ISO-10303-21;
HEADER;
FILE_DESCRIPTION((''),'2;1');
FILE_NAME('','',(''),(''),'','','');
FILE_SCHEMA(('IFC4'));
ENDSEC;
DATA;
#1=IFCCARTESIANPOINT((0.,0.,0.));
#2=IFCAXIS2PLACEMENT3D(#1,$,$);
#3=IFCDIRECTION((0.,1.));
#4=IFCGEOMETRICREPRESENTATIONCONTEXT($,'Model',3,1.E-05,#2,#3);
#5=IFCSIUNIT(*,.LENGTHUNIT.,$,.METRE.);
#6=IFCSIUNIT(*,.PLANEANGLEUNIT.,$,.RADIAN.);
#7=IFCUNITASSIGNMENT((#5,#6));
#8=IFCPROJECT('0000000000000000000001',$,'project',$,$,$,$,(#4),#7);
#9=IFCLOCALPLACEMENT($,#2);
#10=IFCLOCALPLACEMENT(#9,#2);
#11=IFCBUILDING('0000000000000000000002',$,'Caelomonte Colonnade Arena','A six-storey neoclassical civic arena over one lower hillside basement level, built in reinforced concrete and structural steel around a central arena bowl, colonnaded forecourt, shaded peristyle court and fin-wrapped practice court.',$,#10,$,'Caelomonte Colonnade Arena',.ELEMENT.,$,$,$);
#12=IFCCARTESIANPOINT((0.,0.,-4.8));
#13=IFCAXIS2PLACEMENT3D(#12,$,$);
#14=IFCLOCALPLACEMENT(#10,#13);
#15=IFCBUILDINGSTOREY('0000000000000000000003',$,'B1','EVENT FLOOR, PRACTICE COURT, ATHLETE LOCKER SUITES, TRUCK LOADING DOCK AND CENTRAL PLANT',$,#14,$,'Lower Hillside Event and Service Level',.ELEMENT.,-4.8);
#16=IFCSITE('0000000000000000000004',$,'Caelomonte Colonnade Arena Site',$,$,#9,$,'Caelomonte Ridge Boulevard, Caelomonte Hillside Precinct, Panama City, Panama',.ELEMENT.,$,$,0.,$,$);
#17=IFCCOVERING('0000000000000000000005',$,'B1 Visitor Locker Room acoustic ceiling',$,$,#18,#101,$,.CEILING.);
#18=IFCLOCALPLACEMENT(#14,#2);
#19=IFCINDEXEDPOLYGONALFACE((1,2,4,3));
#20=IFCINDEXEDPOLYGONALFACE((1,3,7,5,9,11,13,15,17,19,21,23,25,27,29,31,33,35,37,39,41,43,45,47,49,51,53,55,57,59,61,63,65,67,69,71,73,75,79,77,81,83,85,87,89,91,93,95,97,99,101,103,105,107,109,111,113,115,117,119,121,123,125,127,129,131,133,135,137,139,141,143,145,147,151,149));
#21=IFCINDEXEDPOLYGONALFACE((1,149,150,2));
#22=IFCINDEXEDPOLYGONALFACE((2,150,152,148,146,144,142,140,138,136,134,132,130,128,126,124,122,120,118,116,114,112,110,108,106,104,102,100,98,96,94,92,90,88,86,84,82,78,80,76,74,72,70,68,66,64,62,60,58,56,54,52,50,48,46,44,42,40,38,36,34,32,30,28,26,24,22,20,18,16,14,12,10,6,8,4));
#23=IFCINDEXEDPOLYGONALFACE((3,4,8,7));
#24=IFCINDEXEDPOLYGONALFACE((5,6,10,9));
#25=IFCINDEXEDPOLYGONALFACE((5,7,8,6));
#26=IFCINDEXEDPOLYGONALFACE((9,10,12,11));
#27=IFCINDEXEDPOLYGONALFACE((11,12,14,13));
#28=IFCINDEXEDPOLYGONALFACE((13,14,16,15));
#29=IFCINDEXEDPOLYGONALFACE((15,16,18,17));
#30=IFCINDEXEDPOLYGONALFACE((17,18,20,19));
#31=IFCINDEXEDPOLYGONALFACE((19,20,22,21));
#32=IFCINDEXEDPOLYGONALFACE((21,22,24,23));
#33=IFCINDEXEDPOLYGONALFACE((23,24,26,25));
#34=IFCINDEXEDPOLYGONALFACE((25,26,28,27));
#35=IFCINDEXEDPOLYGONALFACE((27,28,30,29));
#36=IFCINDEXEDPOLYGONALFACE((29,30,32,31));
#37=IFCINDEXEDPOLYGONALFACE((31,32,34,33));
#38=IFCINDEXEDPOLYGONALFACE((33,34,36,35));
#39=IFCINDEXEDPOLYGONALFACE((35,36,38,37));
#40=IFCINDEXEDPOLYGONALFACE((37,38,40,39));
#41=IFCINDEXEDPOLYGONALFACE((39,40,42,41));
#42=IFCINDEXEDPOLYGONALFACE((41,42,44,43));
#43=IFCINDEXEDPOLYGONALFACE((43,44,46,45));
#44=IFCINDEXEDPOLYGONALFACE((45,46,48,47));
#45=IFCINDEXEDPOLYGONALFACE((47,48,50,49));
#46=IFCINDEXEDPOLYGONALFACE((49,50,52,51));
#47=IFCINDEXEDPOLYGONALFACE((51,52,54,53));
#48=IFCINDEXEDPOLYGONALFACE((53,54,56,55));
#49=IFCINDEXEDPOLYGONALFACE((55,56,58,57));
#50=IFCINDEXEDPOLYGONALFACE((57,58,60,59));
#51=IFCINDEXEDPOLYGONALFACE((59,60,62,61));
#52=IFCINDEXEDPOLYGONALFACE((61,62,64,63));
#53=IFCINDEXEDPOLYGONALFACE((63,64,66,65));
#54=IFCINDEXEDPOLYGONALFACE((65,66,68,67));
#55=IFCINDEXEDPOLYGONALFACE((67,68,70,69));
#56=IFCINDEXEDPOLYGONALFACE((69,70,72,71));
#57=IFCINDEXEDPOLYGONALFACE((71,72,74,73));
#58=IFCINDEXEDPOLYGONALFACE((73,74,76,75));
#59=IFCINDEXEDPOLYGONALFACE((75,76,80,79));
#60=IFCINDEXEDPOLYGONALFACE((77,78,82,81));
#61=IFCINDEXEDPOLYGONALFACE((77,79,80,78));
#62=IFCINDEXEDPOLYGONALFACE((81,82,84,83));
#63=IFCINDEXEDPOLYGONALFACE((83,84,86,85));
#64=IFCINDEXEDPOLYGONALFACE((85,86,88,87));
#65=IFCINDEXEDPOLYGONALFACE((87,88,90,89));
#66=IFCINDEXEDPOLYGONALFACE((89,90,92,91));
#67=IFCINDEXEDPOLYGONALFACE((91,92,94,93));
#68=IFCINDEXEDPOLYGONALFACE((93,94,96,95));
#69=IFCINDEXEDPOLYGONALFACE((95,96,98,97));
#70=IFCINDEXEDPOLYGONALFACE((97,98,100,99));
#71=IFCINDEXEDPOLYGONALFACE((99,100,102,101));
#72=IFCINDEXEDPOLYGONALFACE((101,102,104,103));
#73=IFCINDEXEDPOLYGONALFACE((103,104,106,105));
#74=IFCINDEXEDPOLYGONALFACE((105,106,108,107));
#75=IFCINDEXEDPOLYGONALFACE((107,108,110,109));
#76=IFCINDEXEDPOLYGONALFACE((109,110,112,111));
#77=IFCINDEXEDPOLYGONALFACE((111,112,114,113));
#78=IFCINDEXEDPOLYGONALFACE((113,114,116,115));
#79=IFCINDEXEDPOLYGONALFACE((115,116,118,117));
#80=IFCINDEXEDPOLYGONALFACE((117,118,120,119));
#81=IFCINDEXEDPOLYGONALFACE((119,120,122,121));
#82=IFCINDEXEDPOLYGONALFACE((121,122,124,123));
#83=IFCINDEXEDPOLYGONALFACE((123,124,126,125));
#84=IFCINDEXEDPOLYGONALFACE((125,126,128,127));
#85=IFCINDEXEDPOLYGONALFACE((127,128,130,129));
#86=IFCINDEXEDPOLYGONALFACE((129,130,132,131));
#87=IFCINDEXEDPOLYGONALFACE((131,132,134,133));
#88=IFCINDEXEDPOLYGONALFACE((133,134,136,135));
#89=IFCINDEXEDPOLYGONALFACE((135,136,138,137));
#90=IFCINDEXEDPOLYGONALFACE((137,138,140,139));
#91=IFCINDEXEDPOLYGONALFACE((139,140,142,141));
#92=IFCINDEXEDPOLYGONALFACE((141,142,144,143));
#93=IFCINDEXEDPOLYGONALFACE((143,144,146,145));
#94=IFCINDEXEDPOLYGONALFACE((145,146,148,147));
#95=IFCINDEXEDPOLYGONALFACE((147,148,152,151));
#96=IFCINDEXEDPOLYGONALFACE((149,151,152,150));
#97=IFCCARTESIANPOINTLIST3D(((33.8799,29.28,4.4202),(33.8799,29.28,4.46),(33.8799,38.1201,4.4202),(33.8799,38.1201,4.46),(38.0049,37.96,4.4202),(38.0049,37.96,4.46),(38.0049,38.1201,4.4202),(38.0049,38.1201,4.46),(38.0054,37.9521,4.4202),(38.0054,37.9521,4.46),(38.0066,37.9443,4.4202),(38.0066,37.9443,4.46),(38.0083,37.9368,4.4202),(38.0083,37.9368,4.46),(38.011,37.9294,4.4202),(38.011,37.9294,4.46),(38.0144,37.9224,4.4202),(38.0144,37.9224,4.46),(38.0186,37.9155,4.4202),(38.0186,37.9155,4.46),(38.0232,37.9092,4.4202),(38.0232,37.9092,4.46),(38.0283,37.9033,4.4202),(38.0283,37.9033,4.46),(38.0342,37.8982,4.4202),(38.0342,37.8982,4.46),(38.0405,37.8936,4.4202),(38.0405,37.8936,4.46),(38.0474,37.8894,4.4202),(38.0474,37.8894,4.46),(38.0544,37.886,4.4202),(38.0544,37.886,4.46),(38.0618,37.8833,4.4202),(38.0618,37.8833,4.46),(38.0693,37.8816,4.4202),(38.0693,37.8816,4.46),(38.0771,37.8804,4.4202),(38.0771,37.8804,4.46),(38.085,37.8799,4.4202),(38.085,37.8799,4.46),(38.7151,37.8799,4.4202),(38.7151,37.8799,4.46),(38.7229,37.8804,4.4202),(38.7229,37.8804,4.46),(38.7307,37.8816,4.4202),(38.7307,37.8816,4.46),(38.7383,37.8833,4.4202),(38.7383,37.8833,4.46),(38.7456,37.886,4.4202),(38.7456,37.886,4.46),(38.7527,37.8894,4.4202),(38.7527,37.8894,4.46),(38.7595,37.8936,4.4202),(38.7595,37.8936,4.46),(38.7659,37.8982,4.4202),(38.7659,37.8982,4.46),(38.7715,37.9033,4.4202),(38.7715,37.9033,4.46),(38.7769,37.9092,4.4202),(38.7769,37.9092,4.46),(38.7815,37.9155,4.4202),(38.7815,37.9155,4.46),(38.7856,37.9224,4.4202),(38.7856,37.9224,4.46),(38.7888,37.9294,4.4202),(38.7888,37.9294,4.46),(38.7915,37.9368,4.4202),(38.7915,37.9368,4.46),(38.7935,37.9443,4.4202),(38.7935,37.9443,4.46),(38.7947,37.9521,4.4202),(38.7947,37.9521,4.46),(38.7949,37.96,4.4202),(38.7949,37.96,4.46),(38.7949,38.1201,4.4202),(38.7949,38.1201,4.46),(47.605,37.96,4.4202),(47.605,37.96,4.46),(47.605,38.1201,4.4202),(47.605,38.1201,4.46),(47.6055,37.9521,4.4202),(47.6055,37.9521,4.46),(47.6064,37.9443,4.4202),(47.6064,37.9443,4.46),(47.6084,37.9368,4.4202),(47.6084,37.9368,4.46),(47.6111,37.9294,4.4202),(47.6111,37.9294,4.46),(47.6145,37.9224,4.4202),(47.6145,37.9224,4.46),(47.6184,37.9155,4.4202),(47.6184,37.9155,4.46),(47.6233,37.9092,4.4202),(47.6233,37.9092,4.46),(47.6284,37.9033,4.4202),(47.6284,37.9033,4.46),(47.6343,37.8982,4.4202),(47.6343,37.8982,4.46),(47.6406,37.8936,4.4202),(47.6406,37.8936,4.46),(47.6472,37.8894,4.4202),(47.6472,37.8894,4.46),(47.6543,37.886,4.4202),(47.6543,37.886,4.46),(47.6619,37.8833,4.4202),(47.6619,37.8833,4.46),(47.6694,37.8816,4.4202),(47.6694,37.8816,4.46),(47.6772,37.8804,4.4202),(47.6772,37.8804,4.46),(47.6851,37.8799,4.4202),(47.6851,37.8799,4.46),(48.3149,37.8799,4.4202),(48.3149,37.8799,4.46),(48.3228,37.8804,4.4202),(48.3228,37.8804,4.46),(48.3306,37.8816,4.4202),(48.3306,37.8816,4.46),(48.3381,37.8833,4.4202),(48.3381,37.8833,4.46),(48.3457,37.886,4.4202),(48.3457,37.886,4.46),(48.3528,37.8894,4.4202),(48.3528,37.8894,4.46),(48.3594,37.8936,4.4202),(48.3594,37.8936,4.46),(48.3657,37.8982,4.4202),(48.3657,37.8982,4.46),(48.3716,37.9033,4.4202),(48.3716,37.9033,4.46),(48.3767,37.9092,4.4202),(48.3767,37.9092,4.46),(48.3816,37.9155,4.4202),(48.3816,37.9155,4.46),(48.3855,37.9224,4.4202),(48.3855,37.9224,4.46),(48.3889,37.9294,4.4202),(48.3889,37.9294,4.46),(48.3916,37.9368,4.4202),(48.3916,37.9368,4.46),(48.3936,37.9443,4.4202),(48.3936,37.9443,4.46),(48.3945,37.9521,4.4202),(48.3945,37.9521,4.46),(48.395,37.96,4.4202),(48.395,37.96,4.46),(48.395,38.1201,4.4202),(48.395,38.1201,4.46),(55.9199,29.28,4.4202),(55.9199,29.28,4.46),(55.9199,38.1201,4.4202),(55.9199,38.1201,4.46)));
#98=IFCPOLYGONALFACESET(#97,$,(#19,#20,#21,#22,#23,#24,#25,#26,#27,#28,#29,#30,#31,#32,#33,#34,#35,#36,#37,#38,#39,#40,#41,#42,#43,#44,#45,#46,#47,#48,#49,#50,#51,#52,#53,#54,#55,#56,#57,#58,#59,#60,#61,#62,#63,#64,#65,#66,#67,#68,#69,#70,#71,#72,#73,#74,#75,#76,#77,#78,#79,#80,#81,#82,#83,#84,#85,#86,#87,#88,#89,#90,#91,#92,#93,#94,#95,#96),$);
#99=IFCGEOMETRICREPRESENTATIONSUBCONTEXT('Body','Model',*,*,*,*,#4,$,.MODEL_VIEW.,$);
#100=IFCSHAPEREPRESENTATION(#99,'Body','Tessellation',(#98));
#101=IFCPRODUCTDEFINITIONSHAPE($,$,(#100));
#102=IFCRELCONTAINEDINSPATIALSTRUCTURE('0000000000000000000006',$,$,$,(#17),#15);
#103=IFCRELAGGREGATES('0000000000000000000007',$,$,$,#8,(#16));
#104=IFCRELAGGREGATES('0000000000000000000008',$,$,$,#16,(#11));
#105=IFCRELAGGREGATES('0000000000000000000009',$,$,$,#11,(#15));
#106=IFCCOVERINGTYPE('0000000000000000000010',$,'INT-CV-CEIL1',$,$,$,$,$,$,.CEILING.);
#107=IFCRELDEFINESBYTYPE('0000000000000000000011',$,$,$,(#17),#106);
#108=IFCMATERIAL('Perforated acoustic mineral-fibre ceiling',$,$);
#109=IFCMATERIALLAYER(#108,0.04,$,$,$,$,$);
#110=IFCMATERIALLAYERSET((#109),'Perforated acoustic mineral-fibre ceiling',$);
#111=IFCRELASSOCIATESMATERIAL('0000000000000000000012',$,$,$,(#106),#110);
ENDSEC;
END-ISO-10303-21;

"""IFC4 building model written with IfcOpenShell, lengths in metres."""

from ifc_helpers import new_model, si_unit, direction, frame, origin, place, context, subcontext, project, spatial, polyline, outline, extrude, material, layer, layer_set, type_object, element, save


model = new_model("IFC4")

# Units and contexts
model_context = context("Model", 3, precision=1e-05, world=origin(), true_north=direction((0.0, 1.0)))
body_context = subcontext(model_context, "Body", "Model", "MODEL_VIEW")
ifc_project = project(units=[si_unit("LENGTHUNIT", "METRE"), si_unit("PLANEANGLEUNIT", "RADIAN")], contexts=[model_context])

# Site, building, storey
site_placement = place(None, origin())
site = spatial("IfcSite", under=ifc_project, at=site_placement, Name="Caelomonte Colonnade Arena Site", LongName="Caelomonte Ridge Boulevard, Caelomonte Hillside Precinct, Panama City, Panama", CompositionType="ELEMENT", RefElevation=0.0)
building_placement = place(site_placement, origin())
building = spatial("IfcBuilding", under=site, at=building_placement, Name="Caelomonte Colonnade Arena", Description="A six-storey neoclassical civic arena over one lower hillside basement level, built in reinforced concrete and structural steel around a central arena bowl, colonnaded forecourt, shaded peristyle court and fin-wrapped practice court.", LongName="Caelomonte Colonnade Arena", CompositionType="ELEMENT")
storey_placement = place(building_placement, frame((0.0, 0.0, -4.8)))
storey = spatial("IfcBuildingStorey", under=building, at=storey_placement, Name="B1", Description="EVENT FLOOR, PRACTICE COURT, ATHLETE LOCKER SUITES, TRUCK LOADING DOCK AND CENTRAL PLANT", LongName="Lower Hillside Event and Service Level", CompositionType="ELEMENT", Elevation=-4.8)

# Covering
ifc_material_1 = material(Name="Perforated acoustic mineral-fibre ceiling")
ifc_layer_1 = layer(ifc_material_1, 0.04)
ifc_layer_set_1 = layer_set([ifc_layer_1], Name="Perforated acoustic mineral-fibre ceiling")
covering_type_1 = type_object("IfcCoveringType", Name="INT-CV-CEIL1", PredefinedType="CEILING", material=ifc_layer_set_1)
covering_1_placement = place(storey_placement, frame((0.0, 0.0, 4.4202)))
element("IfcCovering", 1, at=covering_1_placement, inside=storey, type_object=covering_type_1, Name="B1 Visitor Locker Room acoustic ceiling", PredefinedType="CEILING", context=body_context, shape_type="SweptSolid", body=[
    extrude(outline(polyline([(48.3228, 37.8804), (48.3149, 37.8799), (47.6851, 37.8799), (47.6772, 37.8804), (47.6694, 37.8816), (47.6619, 37.8833), (47.6543, 37.886), (47.6472, 37.8894), (47.6406, 37.8936), (47.6343, 37.8982), (47.6284, 37.9033), (47.6233, 37.9092), (47.6184, 37.9155), (47.6145, 37.9224), (47.6111, 37.9294), (47.6084, 37.9368), (47.6064, 37.9443), (47.6055, 37.9521), (47.605, 37.96), (47.605, 38.1201), (38.7949, 38.1201), (38.7949, 37.96), (38.7947, 37.9521), (38.7935, 37.9443), (38.7915, 37.9368), (38.7888, 37.9294), (38.7856, 37.9224), (38.7815, 37.9155), (38.7769, 37.9092), (38.7715, 37.9033), (38.7659, 37.8982), (38.7595, 37.8936), (38.7527, 37.8894), (38.7456, 37.886), (38.7383, 37.8833), (38.7307, 37.8816), (38.7229, 37.8804), (38.7151, 37.8799), (38.085, 37.8799), (38.0771, 37.8804), (38.0693, 37.8816), (38.0618, 37.8833), (38.0544, 37.886), (38.0474, 37.8894), (38.0405, 37.8936), (38.0342, 37.8982), (38.0283, 37.9033), (38.0232, 37.9092), (38.0186, 37.9155), (38.0144, 37.9224), (38.011, 37.9294), (38.0083, 37.9368), (38.0066, 37.9443), (38.0054, 37.9521), (38.0049, 37.96), (38.0049, 38.1201), (33.8799, 38.1201), (33.8799, 29.28), (55.9199, 29.28), (55.9199, 38.1201), (48.395, 38.1201), (48.395, 37.96), (48.3945, 37.9521), (48.3936, 37.9443), (48.3916, 37.9368), (48.3889, 37.9294), (48.3855, 37.9224), (48.3816, 37.9155), (48.3767, 37.9092), (48.3716, 37.9033), (48.3657, 37.8982), (48.3594, 37.8936), (48.3528, 37.8894), (48.3457, 37.886), (48.3381, 37.8833), (48.3306, 37.8816), (48.3228, 37.8804)])), origin(), (0.0, 0.0, 1.0), 0.0398),
])

save(model, "model.ifc")
